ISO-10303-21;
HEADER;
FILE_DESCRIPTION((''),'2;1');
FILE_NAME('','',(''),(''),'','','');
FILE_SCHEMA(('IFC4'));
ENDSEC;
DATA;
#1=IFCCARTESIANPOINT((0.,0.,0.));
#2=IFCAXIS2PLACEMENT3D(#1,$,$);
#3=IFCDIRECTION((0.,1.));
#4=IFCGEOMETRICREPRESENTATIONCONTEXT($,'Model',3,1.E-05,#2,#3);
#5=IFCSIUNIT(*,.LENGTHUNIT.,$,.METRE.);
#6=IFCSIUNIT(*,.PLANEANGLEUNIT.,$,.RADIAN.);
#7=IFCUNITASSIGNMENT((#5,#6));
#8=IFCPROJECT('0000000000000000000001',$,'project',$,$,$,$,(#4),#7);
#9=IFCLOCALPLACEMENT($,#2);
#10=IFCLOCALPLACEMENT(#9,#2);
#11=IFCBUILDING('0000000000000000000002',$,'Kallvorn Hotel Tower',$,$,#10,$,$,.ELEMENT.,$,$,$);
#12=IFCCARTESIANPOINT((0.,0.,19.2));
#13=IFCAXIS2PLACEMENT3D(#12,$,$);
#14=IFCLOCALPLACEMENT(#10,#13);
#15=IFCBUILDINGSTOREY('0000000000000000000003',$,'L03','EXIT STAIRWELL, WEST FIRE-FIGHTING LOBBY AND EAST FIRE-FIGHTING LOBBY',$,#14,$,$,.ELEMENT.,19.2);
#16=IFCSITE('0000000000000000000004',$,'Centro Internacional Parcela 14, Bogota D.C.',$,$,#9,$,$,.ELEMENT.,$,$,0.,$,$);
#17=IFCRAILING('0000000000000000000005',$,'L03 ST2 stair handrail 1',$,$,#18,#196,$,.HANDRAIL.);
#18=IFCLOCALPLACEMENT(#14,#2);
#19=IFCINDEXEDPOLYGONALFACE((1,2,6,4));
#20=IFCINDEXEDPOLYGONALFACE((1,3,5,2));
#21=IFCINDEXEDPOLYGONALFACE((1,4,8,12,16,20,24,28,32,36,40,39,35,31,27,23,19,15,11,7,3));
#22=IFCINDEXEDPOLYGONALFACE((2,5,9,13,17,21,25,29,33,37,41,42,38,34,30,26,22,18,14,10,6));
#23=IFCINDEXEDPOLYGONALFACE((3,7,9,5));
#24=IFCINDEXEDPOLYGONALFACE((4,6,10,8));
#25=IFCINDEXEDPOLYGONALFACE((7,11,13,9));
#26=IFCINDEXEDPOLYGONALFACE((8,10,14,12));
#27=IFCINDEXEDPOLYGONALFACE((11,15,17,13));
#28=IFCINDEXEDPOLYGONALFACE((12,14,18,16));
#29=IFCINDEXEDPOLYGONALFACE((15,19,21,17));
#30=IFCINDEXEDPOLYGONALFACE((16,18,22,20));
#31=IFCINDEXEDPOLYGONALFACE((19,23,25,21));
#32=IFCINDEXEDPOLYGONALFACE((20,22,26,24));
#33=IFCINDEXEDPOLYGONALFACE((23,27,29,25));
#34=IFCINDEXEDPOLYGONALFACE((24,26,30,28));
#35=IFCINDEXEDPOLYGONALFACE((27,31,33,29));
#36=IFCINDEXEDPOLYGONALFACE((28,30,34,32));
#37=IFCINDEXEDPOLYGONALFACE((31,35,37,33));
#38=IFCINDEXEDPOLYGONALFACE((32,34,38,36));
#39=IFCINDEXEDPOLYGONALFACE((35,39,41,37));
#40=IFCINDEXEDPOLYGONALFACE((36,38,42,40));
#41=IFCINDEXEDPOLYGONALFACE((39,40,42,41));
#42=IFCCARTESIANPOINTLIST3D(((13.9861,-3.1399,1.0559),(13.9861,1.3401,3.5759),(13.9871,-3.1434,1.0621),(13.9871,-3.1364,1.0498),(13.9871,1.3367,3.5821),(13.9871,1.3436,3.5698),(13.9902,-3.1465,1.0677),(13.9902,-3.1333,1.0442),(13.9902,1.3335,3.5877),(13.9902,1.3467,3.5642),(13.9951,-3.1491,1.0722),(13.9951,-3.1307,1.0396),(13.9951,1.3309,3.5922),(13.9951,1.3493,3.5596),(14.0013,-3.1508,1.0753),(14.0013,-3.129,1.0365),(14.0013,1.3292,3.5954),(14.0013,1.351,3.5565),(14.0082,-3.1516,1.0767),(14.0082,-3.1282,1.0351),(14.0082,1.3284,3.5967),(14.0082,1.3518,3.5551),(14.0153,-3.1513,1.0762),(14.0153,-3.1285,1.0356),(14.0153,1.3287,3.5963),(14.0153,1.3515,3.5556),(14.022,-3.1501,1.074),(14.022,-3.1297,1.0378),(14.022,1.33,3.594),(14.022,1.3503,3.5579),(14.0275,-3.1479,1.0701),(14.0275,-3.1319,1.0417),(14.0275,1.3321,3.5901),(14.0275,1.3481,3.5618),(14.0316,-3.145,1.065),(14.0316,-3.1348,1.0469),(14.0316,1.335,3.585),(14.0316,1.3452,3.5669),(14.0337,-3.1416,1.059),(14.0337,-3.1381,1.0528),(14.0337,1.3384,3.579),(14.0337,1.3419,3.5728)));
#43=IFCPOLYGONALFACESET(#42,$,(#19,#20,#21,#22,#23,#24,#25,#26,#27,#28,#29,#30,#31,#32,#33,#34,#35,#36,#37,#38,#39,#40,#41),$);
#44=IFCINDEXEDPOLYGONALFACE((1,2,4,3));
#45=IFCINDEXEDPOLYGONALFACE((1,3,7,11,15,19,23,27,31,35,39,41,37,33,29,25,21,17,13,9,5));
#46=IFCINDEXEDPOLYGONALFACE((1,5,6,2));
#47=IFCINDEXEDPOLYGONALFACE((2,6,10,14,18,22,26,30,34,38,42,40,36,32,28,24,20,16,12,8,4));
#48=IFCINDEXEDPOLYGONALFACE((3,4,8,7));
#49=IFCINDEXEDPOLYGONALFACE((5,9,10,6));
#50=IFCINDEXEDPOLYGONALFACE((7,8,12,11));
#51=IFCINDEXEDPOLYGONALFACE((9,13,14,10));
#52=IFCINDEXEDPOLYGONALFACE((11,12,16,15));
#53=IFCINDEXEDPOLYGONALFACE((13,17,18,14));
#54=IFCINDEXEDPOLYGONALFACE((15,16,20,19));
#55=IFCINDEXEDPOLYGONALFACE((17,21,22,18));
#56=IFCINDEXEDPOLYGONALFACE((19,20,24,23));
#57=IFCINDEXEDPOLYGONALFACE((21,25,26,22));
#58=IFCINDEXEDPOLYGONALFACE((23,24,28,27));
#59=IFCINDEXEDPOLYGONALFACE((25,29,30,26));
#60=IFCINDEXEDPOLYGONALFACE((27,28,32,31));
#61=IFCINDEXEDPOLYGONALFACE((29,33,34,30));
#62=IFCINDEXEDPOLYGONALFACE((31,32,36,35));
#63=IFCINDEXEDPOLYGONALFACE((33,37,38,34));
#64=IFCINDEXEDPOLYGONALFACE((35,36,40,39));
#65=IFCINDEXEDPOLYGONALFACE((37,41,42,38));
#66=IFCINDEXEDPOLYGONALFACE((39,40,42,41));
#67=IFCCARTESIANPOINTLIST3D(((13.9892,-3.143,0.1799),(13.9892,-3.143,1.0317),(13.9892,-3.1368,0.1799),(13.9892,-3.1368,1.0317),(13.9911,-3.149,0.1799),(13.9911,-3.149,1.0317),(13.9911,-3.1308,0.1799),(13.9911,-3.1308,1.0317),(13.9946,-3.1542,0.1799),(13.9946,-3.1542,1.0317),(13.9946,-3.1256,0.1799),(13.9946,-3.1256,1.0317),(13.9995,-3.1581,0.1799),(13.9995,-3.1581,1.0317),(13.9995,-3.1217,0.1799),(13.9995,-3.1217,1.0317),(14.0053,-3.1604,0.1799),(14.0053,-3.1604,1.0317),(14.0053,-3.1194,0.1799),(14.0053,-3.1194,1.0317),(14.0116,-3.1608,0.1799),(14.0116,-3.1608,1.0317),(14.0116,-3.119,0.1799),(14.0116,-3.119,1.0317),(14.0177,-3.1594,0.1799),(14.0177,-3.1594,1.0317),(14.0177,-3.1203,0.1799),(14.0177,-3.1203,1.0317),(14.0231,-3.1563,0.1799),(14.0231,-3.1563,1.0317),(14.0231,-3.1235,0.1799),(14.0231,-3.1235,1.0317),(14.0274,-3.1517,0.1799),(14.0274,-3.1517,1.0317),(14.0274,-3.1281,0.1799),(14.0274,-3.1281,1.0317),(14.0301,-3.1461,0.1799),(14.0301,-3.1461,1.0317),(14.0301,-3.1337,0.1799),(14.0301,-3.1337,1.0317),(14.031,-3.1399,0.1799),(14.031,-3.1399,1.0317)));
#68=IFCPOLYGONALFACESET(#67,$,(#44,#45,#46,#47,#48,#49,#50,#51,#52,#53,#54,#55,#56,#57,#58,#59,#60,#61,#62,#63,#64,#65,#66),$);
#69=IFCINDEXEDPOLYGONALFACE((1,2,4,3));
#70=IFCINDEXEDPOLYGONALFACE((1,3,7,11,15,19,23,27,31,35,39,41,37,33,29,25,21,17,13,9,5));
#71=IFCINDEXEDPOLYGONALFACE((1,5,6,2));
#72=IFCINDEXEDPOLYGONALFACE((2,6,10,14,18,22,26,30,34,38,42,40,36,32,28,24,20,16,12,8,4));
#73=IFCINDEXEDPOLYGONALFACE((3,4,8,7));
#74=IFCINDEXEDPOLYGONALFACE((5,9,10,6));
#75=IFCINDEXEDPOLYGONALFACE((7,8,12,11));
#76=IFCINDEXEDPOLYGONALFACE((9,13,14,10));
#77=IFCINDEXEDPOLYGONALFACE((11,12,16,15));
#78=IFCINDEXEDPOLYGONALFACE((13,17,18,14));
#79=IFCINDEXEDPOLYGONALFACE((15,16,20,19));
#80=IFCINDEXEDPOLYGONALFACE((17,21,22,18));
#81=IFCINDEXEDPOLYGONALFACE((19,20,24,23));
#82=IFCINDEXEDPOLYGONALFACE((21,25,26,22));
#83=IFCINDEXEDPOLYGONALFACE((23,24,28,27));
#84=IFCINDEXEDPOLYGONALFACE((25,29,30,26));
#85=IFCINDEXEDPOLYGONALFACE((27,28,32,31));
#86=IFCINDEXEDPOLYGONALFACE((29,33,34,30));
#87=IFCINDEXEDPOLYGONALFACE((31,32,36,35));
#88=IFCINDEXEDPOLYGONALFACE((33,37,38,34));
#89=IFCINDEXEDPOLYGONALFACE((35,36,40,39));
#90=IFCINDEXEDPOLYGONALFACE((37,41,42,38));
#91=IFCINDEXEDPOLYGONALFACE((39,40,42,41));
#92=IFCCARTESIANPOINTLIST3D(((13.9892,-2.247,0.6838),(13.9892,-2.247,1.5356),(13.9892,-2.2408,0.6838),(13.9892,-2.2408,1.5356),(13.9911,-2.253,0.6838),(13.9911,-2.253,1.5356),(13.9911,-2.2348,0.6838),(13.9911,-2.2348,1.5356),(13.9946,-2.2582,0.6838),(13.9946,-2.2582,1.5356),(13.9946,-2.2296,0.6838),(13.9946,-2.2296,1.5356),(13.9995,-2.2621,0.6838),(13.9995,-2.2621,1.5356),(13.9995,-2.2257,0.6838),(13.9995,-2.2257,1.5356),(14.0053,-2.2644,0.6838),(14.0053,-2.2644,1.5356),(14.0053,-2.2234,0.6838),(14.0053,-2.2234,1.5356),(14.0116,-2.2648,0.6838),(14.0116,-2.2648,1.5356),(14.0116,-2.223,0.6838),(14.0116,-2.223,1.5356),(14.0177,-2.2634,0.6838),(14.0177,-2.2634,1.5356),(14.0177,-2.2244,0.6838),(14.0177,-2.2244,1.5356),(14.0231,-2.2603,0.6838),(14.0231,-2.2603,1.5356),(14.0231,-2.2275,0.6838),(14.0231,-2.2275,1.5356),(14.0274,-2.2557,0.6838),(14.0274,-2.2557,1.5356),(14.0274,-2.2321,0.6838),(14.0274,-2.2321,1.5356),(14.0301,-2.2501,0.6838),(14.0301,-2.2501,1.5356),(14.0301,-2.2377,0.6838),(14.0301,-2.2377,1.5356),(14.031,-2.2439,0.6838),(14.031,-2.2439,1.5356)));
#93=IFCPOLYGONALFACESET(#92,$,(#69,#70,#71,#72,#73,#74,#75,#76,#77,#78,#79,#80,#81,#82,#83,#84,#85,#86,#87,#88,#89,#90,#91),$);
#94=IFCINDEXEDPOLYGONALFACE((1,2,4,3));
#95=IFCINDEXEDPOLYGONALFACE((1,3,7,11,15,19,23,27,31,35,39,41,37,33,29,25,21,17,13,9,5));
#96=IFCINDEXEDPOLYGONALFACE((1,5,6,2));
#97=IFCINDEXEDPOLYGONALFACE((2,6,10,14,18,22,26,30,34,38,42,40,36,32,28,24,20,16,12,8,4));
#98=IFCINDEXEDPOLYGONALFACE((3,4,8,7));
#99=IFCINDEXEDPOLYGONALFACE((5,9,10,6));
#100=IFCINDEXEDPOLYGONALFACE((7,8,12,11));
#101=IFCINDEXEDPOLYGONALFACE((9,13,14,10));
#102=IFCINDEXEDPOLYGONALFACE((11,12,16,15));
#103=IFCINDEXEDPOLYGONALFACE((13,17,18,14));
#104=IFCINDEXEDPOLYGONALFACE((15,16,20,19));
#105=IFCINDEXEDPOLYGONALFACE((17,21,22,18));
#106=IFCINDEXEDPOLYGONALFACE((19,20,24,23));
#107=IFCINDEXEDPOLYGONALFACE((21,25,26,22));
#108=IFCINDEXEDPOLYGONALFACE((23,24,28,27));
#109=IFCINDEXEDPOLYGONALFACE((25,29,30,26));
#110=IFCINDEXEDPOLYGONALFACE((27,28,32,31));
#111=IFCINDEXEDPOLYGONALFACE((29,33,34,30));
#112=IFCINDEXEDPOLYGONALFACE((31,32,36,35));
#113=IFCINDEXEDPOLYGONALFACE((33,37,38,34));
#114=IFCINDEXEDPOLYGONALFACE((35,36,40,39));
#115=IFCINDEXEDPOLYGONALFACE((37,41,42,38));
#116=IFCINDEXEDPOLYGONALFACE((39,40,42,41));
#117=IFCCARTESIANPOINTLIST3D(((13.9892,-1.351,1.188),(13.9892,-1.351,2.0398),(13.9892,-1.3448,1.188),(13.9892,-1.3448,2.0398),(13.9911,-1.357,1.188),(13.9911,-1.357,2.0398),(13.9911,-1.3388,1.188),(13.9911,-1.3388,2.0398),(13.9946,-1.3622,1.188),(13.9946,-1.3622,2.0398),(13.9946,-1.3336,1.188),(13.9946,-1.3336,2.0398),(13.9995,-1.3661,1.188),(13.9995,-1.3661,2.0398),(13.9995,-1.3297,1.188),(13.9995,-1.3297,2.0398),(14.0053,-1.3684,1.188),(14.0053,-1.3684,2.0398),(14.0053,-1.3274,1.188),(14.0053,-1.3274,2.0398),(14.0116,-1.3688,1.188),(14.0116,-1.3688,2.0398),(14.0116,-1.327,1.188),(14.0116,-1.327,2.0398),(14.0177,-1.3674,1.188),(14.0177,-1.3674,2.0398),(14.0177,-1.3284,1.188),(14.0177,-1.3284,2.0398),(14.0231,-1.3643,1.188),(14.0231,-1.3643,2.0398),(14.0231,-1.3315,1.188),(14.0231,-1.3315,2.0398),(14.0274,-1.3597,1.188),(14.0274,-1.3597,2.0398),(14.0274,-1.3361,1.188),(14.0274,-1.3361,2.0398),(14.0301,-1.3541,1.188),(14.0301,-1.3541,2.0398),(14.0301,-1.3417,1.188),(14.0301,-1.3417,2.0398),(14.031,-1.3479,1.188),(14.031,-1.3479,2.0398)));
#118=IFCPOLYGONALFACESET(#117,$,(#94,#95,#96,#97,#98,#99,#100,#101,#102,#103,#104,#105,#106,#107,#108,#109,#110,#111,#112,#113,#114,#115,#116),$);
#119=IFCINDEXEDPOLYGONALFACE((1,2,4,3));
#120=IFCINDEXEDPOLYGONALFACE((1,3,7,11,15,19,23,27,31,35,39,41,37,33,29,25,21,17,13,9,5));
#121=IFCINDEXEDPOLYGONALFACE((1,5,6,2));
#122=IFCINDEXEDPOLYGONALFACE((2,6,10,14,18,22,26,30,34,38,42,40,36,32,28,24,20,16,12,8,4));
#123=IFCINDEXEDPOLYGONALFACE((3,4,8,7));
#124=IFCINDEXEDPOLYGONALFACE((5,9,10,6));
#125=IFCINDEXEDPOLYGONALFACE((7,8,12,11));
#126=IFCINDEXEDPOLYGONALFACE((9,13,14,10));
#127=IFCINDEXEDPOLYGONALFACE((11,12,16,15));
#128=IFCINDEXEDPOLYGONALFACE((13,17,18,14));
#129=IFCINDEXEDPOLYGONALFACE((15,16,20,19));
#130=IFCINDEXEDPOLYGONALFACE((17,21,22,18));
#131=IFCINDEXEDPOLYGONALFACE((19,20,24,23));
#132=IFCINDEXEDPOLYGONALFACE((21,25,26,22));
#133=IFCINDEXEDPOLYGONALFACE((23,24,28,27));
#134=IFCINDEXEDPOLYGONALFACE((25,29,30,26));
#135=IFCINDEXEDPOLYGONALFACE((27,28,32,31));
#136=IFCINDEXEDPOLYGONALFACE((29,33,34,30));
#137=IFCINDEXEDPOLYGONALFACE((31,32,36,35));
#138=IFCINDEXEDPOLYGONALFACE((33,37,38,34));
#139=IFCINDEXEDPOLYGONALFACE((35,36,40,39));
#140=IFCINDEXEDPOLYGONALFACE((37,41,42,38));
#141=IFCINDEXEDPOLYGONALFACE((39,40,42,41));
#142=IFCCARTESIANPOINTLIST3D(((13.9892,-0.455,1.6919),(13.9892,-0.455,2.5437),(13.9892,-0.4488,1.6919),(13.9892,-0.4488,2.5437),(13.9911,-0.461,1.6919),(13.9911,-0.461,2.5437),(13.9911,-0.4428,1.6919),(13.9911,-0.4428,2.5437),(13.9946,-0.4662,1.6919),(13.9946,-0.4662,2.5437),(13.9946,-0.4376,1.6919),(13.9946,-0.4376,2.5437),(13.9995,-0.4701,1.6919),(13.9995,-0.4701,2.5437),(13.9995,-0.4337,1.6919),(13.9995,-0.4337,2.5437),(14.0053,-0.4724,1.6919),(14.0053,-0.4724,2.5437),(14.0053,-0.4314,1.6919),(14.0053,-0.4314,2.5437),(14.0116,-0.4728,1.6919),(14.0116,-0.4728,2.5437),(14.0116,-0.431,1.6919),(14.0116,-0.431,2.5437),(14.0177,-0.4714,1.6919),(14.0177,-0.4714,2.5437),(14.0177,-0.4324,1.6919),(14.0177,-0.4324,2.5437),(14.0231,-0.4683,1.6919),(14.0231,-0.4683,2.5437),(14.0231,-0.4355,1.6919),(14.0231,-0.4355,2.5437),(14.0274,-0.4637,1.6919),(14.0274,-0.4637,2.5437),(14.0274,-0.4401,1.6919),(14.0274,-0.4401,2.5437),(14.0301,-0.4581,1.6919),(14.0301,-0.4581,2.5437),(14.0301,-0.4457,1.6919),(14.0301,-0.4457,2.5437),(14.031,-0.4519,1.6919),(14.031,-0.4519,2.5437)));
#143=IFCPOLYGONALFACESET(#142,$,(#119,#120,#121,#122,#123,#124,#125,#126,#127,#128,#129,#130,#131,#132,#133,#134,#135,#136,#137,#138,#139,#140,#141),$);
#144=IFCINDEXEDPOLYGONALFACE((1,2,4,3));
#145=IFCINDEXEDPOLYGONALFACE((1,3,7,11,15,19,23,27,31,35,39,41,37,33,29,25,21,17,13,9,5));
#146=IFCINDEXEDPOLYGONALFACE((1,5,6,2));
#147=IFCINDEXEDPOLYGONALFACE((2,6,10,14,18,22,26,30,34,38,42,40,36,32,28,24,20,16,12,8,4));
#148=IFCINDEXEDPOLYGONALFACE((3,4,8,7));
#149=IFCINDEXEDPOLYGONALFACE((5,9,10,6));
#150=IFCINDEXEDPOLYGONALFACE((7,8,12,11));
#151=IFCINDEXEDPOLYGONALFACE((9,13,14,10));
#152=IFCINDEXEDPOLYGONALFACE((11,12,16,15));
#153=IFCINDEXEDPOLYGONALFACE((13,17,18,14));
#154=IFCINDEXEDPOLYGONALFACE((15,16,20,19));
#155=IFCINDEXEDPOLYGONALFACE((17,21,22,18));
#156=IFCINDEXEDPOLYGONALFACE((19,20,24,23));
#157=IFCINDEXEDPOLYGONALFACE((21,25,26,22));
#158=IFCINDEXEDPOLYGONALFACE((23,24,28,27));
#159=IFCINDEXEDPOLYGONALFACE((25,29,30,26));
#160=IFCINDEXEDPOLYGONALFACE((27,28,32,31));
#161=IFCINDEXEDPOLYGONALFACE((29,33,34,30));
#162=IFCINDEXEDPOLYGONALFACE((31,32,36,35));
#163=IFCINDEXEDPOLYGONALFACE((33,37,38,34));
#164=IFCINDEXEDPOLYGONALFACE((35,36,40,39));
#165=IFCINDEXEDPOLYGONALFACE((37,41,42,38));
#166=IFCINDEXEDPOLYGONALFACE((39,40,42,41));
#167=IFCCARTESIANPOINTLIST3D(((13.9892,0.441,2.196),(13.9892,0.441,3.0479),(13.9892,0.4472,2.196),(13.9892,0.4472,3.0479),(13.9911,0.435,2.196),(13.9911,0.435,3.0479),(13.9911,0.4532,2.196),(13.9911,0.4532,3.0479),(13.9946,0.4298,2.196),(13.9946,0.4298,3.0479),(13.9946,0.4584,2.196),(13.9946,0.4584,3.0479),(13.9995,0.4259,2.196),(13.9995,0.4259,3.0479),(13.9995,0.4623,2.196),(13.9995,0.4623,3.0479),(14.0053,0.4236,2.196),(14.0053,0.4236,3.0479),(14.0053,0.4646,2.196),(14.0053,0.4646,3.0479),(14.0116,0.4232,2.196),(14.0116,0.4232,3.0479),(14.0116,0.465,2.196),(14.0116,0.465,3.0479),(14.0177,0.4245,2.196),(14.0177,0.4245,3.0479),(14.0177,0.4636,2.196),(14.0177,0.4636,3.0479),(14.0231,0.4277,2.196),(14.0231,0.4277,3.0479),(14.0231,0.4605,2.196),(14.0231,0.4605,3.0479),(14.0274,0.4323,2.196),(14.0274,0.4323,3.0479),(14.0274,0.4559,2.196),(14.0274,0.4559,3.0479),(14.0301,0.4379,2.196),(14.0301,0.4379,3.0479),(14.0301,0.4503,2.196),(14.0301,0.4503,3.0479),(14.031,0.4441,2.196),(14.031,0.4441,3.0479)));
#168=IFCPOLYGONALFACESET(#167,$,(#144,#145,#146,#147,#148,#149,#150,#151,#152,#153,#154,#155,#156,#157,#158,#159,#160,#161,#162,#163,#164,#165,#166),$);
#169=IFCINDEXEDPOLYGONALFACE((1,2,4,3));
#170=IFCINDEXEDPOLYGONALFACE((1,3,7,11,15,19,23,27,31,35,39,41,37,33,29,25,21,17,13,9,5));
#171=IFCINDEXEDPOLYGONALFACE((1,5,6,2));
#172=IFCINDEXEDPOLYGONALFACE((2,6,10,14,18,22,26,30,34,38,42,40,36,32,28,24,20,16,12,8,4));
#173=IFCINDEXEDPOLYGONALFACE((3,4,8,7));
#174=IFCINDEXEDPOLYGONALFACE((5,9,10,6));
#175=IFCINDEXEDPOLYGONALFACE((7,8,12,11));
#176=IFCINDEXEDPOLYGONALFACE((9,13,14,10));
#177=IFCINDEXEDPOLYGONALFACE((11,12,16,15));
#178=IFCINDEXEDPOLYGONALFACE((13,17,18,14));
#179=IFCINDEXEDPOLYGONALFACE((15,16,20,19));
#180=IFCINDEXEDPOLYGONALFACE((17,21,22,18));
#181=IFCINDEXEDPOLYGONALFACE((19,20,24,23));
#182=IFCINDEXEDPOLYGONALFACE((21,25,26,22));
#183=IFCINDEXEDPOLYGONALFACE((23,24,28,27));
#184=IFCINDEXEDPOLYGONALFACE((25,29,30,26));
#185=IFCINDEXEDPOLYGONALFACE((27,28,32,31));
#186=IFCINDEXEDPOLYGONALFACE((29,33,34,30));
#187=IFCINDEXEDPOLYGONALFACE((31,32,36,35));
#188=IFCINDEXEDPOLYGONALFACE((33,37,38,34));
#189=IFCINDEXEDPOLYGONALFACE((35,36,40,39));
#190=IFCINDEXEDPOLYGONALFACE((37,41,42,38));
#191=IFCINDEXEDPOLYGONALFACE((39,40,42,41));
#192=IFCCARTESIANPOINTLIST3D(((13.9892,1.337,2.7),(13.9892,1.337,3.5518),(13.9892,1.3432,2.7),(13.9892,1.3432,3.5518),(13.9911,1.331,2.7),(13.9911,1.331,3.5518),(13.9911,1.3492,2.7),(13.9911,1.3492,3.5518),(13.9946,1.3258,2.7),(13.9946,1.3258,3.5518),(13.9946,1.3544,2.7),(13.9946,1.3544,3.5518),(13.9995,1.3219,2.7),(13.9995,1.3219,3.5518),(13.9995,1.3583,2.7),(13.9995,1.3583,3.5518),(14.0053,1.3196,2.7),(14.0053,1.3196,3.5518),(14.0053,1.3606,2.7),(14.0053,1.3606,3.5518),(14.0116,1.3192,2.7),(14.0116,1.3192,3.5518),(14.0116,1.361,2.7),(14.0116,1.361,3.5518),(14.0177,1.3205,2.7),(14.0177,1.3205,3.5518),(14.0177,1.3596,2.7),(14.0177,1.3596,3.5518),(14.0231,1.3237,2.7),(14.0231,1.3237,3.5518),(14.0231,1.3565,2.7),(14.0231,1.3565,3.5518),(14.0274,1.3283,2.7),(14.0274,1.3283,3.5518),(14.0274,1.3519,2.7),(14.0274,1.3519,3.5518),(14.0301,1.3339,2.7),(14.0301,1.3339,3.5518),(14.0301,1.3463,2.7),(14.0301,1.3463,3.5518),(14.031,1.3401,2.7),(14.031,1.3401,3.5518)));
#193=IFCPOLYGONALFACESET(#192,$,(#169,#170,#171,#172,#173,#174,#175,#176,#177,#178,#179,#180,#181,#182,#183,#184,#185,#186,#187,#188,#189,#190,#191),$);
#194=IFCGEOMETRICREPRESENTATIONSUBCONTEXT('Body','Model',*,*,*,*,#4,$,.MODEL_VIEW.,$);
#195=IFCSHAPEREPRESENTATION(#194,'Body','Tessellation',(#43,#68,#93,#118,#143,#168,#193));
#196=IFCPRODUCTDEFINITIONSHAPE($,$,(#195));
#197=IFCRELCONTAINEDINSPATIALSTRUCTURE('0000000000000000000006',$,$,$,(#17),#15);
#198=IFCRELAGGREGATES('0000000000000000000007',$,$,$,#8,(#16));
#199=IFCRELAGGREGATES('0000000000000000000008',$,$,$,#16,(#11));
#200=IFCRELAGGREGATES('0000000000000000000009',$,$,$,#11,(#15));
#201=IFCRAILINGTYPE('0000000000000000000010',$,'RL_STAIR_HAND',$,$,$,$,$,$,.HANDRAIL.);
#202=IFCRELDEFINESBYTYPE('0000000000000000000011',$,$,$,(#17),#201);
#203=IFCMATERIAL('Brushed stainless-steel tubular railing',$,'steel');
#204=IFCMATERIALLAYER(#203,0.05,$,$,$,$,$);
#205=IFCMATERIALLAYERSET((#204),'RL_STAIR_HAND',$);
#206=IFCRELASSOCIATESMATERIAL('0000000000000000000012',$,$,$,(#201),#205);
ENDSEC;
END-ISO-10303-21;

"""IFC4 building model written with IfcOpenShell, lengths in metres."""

from ifc_helpers import new_model, si_unit, direction, frame, origin, origin_2d, place, context, subcontext, project, spatial, circle, extrude, material, layer, layer_set, type_object, element, save


model = new_model("IFC4")

# Units and contexts
model_context = context("Model", 3, precision=1e-05, world=origin(), true_north=direction((0.0, 1.0)))
body_context = subcontext(model_context, "Body", "Model", "MODEL_VIEW")
ifc_project = project(units=[si_unit("LENGTHUNIT", "METRE"), si_unit("PLANEANGLEUNIT", "RADIAN")], contexts=[model_context])

# Site, building, storey
site_placement = place(None, origin())
site = spatial("IfcSite", under=ifc_project, at=site_placement, Name="Centro Internacional Parcela 14, Bogota D.C.", CompositionType="ELEMENT", RefElevation=0.0)
building_placement = place(site_placement, origin())
building = spatial("IfcBuilding", under=site, at=building_placement, Name="Kallvorn Hotel Tower", CompositionType="ELEMENT")
storey_placement = place(building_placement, frame((0.0, 0.0, 19.2)))
storey = spatial("IfcBuildingStorey", under=building, at=storey_placement, Name="L03", Description="EXIT STAIRWELL, WEST FIRE-FIGHTING LOBBY AND EAST FIRE-FIGHTING LOBBY", CompositionType="ELEMENT", Elevation=19.2)

# Railing
ifc_material_1 = material(Name="Brushed stainless-steel tubular railing", Category="steel")
ifc_layer_1 = layer(ifc_material_1, 0.05)
ifc_layer_set_1 = layer_set([ifc_layer_1], Name="RL_STAIR_HAND")
railing_type_1 = type_object("IfcRailingType", Name="RL_STAIR_HAND", PredefinedType="HANDRAIL", material=ifc_layer_set_1)
railing_1_placement = place(storey_placement, frame((14.01, -3.1399, 0.1799)))
element("IfcRailing", 1, at=railing_1_placement, inside=storey, type_object=railing_type_1, Name="L03 ST2 stair handrail 1", PredefinedType="HANDRAIL", context=body_context, shape_type="SweptSolid", body=[
    extrude(circle(Radius=0.0239, at=origin_2d()), frame((0.0, 0.0, 0.876), z_axis=(0.0, 0.871573, 0.490266), x_axis=(-1.0, 0.0, 0.0)), (0.0, 0.0, 1.0), 5.1401),
    extrude(circle(Radius=0.021, at=origin_2d()), origin(), (0.0, 0.0, 1.0), 0.8518),
    extrude(circle(Radius=0.021, at=origin_2d()), frame((0.0, 0.896, 0.5039)), (0.0, 0.0, 1.0), 0.8518),
    extrude(circle(Radius=0.021, at=origin_2d()), frame((0.0, 1.792, 1.0081)), (0.0, 0.0, 1.0), 0.8518),
    extrude(circle(Radius=0.021, at=origin_2d()), frame((0.0, 2.688, 1.512)), (0.0, 0.0, 1.0), 0.8518),
    extrude(circle(Radius=0.021, at=origin_2d()), frame((0.0, 3.584, 2.0161)), (0.0, 0.0, 1.0), 0.8518),
    extrude(circle(Radius=0.021, at=origin_2d()), frame((0.0, 4.48, 2.52)), (0.0, 0.0, 1.0), 0.8518),
])

save(model, "model.ifc")
